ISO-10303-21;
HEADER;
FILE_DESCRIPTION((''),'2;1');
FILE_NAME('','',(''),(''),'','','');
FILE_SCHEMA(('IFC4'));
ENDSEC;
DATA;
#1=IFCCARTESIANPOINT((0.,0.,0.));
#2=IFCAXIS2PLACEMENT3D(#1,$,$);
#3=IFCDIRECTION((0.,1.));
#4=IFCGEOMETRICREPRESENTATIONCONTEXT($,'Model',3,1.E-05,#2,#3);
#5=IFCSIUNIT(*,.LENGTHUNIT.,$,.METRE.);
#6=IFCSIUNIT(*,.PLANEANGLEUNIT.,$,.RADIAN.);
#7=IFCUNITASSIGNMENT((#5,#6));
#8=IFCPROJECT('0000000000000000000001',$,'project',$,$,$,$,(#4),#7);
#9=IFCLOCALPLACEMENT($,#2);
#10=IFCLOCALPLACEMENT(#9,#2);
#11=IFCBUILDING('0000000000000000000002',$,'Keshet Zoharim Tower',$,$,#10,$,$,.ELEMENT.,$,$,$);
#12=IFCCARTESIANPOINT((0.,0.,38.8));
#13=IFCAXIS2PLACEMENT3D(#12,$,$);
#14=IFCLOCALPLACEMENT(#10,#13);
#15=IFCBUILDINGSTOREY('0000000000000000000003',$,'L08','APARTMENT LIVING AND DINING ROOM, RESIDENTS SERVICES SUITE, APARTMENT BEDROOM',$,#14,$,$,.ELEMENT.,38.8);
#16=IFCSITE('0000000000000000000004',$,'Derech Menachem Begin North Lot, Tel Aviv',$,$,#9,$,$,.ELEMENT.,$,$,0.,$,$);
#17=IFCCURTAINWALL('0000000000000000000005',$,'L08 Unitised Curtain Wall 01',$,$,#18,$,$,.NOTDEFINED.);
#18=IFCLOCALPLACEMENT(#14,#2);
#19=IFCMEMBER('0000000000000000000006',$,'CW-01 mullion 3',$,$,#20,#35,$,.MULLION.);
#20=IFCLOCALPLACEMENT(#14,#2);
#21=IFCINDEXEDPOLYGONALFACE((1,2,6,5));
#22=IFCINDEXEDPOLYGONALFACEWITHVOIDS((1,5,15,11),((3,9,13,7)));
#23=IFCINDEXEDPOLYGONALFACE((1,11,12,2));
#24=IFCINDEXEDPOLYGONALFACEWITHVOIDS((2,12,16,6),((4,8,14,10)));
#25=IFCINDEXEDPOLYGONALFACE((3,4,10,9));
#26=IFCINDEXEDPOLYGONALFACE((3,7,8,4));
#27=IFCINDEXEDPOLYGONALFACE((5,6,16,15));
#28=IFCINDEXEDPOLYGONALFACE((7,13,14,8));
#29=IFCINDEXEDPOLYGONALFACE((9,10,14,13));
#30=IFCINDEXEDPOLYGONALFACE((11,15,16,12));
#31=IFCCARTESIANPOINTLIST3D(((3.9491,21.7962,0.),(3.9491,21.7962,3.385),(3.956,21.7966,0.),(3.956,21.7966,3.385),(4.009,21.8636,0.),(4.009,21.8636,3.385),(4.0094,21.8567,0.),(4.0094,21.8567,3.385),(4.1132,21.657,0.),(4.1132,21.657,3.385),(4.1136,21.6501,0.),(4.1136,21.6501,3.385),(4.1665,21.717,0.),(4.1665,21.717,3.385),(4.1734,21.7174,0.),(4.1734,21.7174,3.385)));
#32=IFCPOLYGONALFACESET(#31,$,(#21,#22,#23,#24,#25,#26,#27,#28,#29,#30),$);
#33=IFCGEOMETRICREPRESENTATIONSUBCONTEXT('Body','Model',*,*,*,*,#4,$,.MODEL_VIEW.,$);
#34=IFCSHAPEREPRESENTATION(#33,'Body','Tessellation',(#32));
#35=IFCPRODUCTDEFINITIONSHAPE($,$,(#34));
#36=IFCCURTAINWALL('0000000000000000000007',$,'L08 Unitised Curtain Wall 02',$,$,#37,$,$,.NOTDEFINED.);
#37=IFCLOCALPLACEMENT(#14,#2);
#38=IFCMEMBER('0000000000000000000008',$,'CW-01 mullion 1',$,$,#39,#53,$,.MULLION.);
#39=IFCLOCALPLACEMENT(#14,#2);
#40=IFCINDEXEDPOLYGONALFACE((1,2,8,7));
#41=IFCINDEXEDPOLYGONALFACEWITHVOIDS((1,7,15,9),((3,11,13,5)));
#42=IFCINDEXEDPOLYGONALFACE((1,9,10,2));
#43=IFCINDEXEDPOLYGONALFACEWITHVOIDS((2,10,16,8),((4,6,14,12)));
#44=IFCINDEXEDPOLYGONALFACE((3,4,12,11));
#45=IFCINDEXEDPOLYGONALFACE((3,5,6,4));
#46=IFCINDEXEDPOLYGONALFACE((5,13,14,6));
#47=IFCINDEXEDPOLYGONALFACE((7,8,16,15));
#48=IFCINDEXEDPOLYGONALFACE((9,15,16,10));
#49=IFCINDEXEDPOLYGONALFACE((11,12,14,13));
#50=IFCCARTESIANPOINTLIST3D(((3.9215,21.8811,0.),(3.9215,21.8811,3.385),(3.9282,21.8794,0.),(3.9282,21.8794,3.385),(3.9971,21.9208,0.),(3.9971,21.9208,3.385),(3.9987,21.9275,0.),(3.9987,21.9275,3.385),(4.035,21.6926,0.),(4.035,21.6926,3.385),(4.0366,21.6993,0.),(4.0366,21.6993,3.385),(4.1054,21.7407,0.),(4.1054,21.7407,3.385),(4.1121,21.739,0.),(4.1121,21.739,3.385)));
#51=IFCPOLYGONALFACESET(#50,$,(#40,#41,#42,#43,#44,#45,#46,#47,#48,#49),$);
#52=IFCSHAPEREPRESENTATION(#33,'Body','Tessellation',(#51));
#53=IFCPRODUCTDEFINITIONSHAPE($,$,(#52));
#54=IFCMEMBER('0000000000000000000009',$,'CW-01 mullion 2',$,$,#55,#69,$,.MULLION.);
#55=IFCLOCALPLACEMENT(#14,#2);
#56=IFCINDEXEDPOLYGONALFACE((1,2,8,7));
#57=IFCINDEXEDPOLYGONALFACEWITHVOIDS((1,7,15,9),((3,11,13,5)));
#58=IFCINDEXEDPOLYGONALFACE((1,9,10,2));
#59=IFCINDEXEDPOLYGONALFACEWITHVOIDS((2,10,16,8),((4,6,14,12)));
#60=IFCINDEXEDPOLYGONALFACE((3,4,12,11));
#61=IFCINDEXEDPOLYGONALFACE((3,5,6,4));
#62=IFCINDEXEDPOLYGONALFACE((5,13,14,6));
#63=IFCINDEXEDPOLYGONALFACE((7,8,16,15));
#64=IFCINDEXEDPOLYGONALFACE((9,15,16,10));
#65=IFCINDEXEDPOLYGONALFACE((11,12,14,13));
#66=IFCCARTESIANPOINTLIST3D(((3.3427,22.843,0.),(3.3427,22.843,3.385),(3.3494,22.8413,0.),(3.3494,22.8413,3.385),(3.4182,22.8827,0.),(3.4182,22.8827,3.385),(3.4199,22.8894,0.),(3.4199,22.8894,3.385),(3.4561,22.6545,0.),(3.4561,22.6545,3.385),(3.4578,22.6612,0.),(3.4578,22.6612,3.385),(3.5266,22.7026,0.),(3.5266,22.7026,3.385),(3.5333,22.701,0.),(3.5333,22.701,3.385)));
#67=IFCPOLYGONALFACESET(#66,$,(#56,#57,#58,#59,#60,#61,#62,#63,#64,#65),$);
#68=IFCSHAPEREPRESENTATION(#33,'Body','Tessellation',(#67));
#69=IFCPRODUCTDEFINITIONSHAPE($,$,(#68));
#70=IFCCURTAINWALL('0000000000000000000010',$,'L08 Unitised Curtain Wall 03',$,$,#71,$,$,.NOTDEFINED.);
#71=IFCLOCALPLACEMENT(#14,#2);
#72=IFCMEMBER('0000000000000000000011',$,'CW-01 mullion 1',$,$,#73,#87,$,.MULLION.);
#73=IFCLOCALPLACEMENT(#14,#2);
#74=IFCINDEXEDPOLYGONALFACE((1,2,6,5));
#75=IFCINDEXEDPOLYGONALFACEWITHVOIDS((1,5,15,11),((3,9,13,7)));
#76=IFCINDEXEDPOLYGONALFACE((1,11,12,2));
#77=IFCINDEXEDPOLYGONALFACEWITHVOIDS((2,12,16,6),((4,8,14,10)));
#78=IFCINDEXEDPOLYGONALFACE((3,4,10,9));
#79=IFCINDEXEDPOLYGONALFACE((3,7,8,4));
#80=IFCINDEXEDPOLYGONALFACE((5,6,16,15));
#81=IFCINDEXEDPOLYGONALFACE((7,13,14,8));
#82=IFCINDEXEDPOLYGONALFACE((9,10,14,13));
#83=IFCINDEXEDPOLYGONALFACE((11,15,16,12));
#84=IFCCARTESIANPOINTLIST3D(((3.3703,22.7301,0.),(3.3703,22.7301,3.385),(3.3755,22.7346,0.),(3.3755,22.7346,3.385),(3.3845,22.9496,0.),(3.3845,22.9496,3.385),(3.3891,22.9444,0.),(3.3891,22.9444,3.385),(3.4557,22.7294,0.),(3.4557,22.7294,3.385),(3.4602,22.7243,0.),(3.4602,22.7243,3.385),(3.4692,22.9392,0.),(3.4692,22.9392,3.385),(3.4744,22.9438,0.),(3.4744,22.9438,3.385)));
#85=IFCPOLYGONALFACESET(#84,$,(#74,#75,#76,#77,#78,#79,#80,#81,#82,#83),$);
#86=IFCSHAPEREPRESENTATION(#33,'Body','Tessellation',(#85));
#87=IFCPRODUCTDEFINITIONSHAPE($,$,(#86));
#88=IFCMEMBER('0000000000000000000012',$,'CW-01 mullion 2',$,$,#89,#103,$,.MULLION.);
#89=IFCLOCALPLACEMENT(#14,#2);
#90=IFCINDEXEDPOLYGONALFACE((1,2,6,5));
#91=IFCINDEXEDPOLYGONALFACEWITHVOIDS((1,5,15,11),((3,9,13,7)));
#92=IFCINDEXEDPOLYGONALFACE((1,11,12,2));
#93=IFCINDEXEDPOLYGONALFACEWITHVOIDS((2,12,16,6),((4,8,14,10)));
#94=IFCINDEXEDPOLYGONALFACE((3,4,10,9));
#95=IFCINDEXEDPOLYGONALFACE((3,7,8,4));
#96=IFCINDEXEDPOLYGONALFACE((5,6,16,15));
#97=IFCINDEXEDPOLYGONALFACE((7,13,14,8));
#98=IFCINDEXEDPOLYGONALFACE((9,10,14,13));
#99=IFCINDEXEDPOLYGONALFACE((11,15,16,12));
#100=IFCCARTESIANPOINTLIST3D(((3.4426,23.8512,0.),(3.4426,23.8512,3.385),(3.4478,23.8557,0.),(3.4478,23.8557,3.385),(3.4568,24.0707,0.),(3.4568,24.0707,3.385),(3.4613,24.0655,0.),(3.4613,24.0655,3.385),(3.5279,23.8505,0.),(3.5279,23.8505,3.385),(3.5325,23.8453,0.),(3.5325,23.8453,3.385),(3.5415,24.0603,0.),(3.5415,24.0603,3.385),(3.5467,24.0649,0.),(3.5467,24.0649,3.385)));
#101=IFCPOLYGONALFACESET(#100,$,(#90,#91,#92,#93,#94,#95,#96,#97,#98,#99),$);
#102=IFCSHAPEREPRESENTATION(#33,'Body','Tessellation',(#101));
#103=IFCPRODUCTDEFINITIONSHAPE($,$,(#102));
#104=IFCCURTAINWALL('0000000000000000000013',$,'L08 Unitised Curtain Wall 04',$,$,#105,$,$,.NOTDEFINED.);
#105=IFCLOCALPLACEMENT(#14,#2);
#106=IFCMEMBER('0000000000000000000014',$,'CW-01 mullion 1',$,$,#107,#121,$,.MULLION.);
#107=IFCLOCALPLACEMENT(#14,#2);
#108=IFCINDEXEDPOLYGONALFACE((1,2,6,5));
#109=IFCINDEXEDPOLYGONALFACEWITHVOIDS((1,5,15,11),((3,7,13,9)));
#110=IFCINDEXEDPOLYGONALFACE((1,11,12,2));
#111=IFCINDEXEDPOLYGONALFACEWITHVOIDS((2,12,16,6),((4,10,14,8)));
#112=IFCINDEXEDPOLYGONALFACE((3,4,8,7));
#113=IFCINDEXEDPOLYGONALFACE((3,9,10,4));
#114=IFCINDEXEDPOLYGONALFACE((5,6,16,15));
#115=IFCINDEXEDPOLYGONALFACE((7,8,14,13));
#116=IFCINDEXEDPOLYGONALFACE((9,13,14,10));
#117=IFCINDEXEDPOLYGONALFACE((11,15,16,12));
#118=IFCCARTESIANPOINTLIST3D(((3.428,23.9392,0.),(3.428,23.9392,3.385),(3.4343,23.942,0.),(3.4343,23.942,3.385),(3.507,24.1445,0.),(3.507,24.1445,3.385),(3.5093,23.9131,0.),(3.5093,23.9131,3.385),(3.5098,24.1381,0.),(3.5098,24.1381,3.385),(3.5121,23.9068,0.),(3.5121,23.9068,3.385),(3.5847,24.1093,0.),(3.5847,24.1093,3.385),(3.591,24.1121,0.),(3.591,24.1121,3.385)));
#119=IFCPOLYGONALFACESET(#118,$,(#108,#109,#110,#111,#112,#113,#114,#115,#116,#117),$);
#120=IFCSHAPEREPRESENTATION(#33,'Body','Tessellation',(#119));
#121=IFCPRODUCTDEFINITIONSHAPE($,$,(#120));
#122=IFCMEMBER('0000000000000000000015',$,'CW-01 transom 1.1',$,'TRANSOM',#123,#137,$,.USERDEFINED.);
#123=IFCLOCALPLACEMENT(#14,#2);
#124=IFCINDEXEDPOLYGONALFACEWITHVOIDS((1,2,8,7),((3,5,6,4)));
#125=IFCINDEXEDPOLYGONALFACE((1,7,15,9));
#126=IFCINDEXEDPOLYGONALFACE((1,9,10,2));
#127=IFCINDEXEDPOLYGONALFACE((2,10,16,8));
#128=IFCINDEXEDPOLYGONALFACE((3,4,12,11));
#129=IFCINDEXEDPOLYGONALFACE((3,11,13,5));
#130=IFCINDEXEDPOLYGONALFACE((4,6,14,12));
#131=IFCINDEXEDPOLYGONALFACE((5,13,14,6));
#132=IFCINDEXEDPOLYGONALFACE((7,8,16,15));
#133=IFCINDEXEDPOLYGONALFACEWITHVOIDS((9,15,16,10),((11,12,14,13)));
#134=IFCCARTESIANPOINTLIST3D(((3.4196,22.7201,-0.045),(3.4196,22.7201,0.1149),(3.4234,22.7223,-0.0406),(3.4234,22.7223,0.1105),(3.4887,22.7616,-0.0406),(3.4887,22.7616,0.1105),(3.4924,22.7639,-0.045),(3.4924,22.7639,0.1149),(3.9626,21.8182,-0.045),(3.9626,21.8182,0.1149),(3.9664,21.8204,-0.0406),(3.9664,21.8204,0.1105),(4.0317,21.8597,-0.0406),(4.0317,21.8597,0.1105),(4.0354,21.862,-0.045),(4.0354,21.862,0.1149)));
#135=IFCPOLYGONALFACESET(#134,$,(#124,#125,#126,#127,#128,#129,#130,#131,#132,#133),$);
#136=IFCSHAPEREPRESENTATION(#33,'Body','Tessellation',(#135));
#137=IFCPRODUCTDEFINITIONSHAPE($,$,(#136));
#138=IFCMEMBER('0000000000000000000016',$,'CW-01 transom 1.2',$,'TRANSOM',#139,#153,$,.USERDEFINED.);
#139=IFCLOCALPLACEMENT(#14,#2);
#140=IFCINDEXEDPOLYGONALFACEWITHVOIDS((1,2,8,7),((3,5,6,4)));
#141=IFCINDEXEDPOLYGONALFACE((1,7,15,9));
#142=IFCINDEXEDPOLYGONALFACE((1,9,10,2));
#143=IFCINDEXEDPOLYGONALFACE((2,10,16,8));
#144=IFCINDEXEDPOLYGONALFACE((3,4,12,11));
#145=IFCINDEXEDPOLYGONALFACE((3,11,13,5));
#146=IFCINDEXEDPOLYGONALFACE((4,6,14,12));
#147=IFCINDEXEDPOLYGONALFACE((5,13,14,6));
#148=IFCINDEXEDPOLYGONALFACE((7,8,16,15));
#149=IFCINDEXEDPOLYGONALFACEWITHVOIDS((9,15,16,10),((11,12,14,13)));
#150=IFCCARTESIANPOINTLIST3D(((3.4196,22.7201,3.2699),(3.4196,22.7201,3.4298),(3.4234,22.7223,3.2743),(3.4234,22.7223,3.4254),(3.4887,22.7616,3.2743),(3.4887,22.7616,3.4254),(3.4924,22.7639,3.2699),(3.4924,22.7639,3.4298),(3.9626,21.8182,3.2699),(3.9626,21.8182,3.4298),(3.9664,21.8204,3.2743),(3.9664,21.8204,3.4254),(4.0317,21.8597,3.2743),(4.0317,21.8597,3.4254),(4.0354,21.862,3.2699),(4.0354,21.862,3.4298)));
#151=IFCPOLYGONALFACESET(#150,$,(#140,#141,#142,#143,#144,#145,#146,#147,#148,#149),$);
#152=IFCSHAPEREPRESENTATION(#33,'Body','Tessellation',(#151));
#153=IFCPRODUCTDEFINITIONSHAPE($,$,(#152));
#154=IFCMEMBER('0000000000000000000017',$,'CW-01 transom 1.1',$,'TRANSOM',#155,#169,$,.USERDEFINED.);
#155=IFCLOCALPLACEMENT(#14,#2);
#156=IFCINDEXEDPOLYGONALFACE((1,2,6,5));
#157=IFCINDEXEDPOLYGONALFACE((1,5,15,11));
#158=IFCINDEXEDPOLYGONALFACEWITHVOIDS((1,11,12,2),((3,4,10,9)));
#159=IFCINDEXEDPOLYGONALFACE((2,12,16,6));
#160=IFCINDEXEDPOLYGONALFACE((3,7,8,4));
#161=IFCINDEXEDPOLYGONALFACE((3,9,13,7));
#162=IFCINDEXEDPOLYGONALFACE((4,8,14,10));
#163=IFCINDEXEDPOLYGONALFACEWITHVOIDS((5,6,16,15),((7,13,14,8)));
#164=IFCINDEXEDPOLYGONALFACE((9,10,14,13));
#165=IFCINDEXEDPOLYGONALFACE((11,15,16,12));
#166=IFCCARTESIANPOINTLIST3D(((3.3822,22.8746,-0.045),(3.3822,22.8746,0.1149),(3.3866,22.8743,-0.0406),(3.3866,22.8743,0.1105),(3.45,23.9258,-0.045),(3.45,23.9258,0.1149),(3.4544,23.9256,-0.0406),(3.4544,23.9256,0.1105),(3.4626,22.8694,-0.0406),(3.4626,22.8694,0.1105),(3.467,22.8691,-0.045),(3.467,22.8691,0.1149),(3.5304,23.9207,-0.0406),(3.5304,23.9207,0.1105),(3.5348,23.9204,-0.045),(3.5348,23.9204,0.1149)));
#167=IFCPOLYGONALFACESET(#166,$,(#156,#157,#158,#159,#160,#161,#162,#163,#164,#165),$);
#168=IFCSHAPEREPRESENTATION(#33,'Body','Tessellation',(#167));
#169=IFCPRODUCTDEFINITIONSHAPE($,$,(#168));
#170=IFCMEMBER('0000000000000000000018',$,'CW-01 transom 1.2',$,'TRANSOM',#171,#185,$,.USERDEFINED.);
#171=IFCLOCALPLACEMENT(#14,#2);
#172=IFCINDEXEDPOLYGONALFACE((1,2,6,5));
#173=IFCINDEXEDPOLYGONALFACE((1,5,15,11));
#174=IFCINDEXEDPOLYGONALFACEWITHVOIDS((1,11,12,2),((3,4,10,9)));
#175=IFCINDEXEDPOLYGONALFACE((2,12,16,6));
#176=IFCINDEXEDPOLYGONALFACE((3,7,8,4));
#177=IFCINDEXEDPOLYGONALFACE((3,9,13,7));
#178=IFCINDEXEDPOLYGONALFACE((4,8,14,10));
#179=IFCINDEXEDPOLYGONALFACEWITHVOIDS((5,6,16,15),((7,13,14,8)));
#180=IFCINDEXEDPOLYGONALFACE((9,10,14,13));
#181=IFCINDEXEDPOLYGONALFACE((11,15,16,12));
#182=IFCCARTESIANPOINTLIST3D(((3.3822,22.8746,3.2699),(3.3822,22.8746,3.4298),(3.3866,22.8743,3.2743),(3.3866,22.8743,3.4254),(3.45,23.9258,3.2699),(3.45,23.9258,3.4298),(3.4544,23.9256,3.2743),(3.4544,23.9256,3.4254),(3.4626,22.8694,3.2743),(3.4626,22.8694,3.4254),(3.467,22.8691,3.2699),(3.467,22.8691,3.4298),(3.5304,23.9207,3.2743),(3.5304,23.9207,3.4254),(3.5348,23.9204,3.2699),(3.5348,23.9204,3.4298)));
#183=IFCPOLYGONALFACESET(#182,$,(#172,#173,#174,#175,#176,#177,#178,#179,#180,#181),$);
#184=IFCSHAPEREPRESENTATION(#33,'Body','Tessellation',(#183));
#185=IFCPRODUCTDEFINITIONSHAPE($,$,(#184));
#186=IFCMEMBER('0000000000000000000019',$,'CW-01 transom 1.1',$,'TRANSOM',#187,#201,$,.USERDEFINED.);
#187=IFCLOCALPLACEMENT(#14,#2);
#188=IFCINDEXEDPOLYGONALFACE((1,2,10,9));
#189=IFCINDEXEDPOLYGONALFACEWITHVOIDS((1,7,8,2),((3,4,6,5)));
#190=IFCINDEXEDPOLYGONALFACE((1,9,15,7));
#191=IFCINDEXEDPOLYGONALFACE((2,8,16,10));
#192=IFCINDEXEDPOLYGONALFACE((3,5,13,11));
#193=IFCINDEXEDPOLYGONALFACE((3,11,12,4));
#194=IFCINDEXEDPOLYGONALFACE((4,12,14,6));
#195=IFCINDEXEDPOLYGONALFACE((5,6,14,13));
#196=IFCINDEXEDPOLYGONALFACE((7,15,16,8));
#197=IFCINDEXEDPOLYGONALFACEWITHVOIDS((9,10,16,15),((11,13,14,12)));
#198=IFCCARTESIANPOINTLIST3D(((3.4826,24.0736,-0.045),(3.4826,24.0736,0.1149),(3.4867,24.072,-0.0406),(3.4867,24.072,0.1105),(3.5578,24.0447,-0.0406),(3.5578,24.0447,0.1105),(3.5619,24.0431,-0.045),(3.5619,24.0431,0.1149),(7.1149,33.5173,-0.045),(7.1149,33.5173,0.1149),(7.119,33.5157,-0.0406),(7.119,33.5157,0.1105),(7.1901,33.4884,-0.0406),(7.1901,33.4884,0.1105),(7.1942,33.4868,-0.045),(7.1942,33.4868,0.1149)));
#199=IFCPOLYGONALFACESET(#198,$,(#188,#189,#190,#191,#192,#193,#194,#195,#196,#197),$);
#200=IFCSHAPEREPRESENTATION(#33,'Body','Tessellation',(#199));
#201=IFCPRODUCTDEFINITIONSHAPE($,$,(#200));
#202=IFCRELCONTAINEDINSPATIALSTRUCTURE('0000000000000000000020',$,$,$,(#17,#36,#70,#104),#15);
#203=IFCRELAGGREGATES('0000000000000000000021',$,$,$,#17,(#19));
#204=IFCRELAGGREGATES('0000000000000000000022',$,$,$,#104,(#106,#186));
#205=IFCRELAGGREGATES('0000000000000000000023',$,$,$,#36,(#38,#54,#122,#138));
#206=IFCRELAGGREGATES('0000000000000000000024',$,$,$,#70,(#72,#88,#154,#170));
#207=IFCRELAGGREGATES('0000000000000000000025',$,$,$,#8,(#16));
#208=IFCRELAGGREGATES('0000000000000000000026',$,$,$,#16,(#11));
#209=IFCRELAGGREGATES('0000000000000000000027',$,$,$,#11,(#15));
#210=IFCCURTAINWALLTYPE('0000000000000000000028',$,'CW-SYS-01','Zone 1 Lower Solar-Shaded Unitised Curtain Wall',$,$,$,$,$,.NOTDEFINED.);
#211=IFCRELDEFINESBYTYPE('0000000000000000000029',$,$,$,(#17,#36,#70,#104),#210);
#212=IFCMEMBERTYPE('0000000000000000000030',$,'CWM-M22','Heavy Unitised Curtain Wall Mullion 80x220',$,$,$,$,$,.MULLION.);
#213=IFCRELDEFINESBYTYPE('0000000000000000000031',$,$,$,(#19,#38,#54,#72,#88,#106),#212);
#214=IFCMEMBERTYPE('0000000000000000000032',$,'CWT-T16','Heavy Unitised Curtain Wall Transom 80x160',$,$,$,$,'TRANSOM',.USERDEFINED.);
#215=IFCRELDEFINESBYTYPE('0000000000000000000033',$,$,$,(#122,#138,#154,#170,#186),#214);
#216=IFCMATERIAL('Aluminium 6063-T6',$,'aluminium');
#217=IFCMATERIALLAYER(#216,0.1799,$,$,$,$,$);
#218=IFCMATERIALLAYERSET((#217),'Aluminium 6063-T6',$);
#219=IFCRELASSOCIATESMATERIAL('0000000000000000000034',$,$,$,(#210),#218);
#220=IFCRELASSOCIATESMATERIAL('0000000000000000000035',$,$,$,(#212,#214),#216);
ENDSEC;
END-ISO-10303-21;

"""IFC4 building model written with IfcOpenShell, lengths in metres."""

from ifc_helpers import new_model, si_unit, direction, frame, origin, origin_2d, place, context, subcontext, project, spatial, hollow_rectangle, extrude, material, layer, layer_set, material_profile, profile_set, type_object, element, aggregate, save


model = new_model("IFC4")

# Units and contexts
model_context = context("Model", 3, precision=1e-05, world=origin(), true_north=direction((0.0, 1.0)))
body_context = subcontext(model_context, "Body", "Model", "MODEL_VIEW")
ifc_project = project(units=[si_unit("LENGTHUNIT", "METRE"), si_unit("PLANEANGLEUNIT", "RADIAN")], contexts=[model_context])

# Site, building, storey
site_placement = place(None, origin())
site = spatial("IfcSite", under=ifc_project, at=site_placement, Name="Derech Menachem Begin North Lot, Tel Aviv", CompositionType="ELEMENT", RefElevation=0.0)
building_placement = place(site_placement, origin())
building = spatial("IfcBuilding", under=site, at=building_placement, Name="Keshet Zoharim Tower", CompositionType="ELEMENT")
storey_placement = place(building_placement, frame((0.0, 0.0, 38.8)))
storey = spatial("IfcBuildingStorey", under=building, at=storey_placement, Name="L08", Description="APARTMENT LIVING AND DINING ROOM, RESIDENTS SERVICES SUITE, APARTMENT BEDROOM", CompositionType="ELEMENT", Elevation=38.8)

# Curtain wall, member
ifc_material_1 = material(Name="Aluminium 6063-T6", Category="aluminium")
ifc_layer_1 = layer(ifc_material_1, 0.1799)
ifc_layer_set_1 = layer_set([ifc_layer_1], Name="Aluminium 6063-T6")
curtain_wall_type = type_object("IfcCurtainWallType", Name="CW-SYS-01", Description="Zone 1 Lower Solar-Shaded Unitised Curtain Wall", PredefinedType="NOTDEFINED", material=ifc_layer_set_1)
curtain_wall_1_placement = place(storey_placement, origin())
curtain_wall_1 = element("IfcCurtainWall", 1, at=curtain_wall_1_placement, inside=storey, type_object=curtain_wall_type, Name="L08 Unitised Curtain Wall 01", PredefinedType="NOTDEFINED")
ifc_material_profile_1 = material_profile(ifc_material_1, hollow_rectangle(XDim=0.0901, YDim=0.22, WallThickness=0.0049, at=origin_2d()), Name="MUL-90x220")
ifc_profile_set_1 = profile_set([ifc_material_profile_1], Name="Aluminium 6063-T6")
member_type_1 = type_object("IfcMemberType", Name="CWM-M22", Description="Heavy Unitised Curtain Wall Mullion 80x220", PredefinedType="MULLION", material=ifc_profile_set_1)
member_1_placement = place(storey_placement, frame((4.0613, 21.7568, 0.0), z_axis=(0.0, 0.0, 1.0), x_axis=(-0.664364, -0.747409, 0.0)))
member_1 = element("IfcMember", 2, at=member_1_placement, type_object=member_type_1, Name="CW-01 mullion 3", PredefinedType="MULLION", context=body_context, shape_type="SweptSolid", body=[
    extrude(hollow_rectangle(XDim=0.0901, YDim=0.22, WallThickness=0.0049, at=origin_2d()), origin(), (0.0, 0.0, 1.0), 3.385),
])
aggregate(curtain_wall_1, [member_1])

# Curtain walls, members
curtain_wall_2_placement = place(storey_placement, origin())
curtain_wall_2 = element("IfcCurtainWall", 3, at=curtain_wall_2_placement, inside=storey, type_object=curtain_wall_type, Name="L08 Unitised Curtain Wall 02", PredefinedType="NOTDEFINED")
member_2_placement = place(storey_placement, frame((4.0168, 21.8101, 0.0), z_axis=(0.0, 0.0, 1.0), x_axis=(-0.856826, -0.515605, 0.0)))
member_2 = element("IfcMember", 4, at=member_2_placement, type_object=member_type_1, Name="CW-01 mullion 1", PredefinedType="MULLION", context=body_context, shape_type="SweptSolid", body=[
    extrude(hollow_rectangle(XDim=0.0901, YDim=0.22, WallThickness=0.0049, at=origin_2d()), origin(), (0.0, 0.0, 1.0), 3.385),
])
member_3_placement = place(storey_placement, frame((3.438, 22.772, 0.0), z_axis=(0.0, 0.0, 1.0), x_axis=(-0.856826, -0.515605, 0.0)))
member_3 = element("IfcMember", 5, at=member_3_placement, type_object=member_type_1, Name="CW-01 mullion 2", PredefinedType="MULLION", context=body_context, shape_type="SweptSolid", body=[
    extrude(hollow_rectangle(XDim=0.0901, YDim=0.22, WallThickness=0.0049, at=origin_2d()), origin(), (0.0, 0.0, 1.0), 3.385),
])
curtain_wall_3_placement = place(storey_placement, origin())
curtain_wall_3 = element("IfcCurtainWall", 6, at=curtain_wall_3_placement, inside=storey, type_object=curtain_wall_type, Name="L08 Unitised Curtain Wall 03", PredefinedType="NOTDEFINED")
member_4_placement = place(storey_placement, frame((3.4224, 22.8369, 0.0), z_axis=(0.0, 0.0, 1.0), x_axis=(-0.997917, 0.064517, 0.0)))
member_4 = element("IfcMember", 7, at=member_4_placement, type_object=member_type_1, Name="CW-01 mullion 1", PredefinedType="MULLION", context=body_context, shape_type="SweptSolid", body=[
    extrude(hollow_rectangle(XDim=0.0901, YDim=0.22, WallThickness=0.0049, at=origin_2d()), origin(), (0.0, 0.0, 1.0), 3.385),
])
member_5_placement = place(storey_placement, frame((3.4946, 23.958, 0.0), z_axis=(0.0, 0.0, 1.0), x_axis=(-0.997917, 0.064517, 0.0)))
member_5 = element("IfcMember", 8, at=member_5_placement, type_object=member_type_1, Name="CW-01 mullion 2", PredefinedType="MULLION", context=body_context, shape_type="SweptSolid", body=[
    extrude(hollow_rectangle(XDim=0.0901, YDim=0.22, WallThickness=0.0049, at=origin_2d()), origin(), (0.0, 0.0, 1.0), 3.385),
])

# Curtain wall, member
curtain_wall_4_placement = place(storey_placement, origin())
curtain_wall_4 = element("IfcCurtainWall", 9, at=curtain_wall_4_placement, inside=storey, type_object=curtain_wall_type, Name="L08 Unitised Curtain Wall 04", PredefinedType="NOTDEFINED")
member_6_placement = place(storey_placement, frame((3.5095, 24.0256, 0.0), z_axis=(0.0, 0.0, 1.0), x_axis=(-0.933341, 0.35899, 0.0)))
member_6 = element("IfcMember", 10, at=member_6_placement, type_object=member_type_1, Name="CW-01 mullion 1", PredefinedType="MULLION", context=body_context, shape_type="SweptSolid", body=[
    extrude(hollow_rectangle(XDim=0.0901, YDim=0.22, WallThickness=0.0049, at=origin_2d()), origin(), (0.0, 0.0, 1.0), 3.385),
])

# Members
ifc_material_profile_2 = material_profile(ifc_material_1, hollow_rectangle(XDim=0.085, YDim=0.1599, WallThickness=0.0044, at=origin_2d()), Name="TRN-85x160")
ifc_profile_set_2 = profile_set([ifc_material_profile_2], Name="Aluminium 6063-T6")
member_type_2 = type_object("IfcMemberType", Name="CWT-T16", Description="Heavy Unitised Curtain Wall Transom 80x160", ElementType="TRANSOM", PredefinedType="USERDEFINED", material=ifc_profile_set_2)
member_7_placement = place(storey_placement, frame((3.999, 21.8401, 0.0349), z_axis=(-0.515791, 0.856714, 0.0), x_axis=(-0.856714, -0.515791, 0.0)))
member_7 = element("IfcMember", 11, at=member_7_placement, type_object=member_type_2, Name="CW-01 transom 1.1", ObjectType="TRANSOM", PredefinedType="USERDEFINED", context=body_context, shape_type="SweptSolid", body=[
    extrude(hollow_rectangle(XDim=0.085, YDim=0.1599, WallThickness=0.0044, at=origin_2d()), origin(), (0.0, 0.0, 1.0), 1.0527),
])
member_8_placement = place(storey_placement, frame((3.999, 21.8401, 3.3499), z_axis=(-0.515791, 0.856714, 0.0), x_axis=(-0.856714, -0.515791, 0.0)))
member_8 = element("IfcMember", 12, at=member_8_placement, type_object=member_type_2, Name="CW-01 transom 1.2", ObjectType="TRANSOM", PredefinedType="USERDEFINED", context=body_context, shape_type="SweptSolid", body=[
    extrude(hollow_rectangle(XDim=0.085, YDim=0.1599, WallThickness=0.0044, at=origin_2d()), origin(), (0.0, 0.0, 1.0), 1.0527),
])
member_9_placement = place(storey_placement, frame((3.4246, 22.8718, 0.0349), z_axis=(0.064427, 0.997922, 0.0), x_axis=(-0.997922, 0.064427, 0.0)))
member_9 = element("IfcMember", 13, at=member_9_placement, type_object=member_type_2, Name="CW-01 transom 1.1", ObjectType="TRANSOM", PredefinedType="USERDEFINED", context=body_context, shape_type="SweptSolid", body=[
    extrude(hollow_rectangle(XDim=0.085, YDim=0.1599, WallThickness=0.0044, at=origin_2d()), origin(), (0.0, 0.0, 1.0), 1.0535),
])
member_10_placement = place(storey_placement, frame((3.4246, 22.8718, 3.3499), z_axis=(0.064427, 0.997922, 0.0), x_axis=(-0.997922, 0.064427, 0.0)))
member_10 = element("IfcMember", 14, at=member_10_placement, type_object=member_type_2, Name="CW-01 transom 1.2", ObjectType="TRANSOM", PredefinedType="USERDEFINED", context=body_context, shape_type="SweptSolid", body=[
    extrude(hollow_rectangle(XDim=0.085, YDim=0.1599, WallThickness=0.0044, at=origin_2d()), origin(), (0.0, 0.0, 1.0), 1.0535),
])
member_11_placement = place(storey_placement, frame((3.5222, 24.0583, 0.0349), z_axis=(0.358994, 0.93334, 0.0), x_axis=(-0.93334, 0.358994, 0.0)))
member_11 = element("IfcMember", 15, at=member_11_placement, type_object=member_type_2, Name="CW-01 transom 1.1", ObjectType="TRANSOM", PredefinedType="USERDEFINED", context=body_context, shape_type="SweptSolid", body=[
    extrude(hollow_rectangle(XDim=0.085, YDim=0.1599, WallThickness=0.0044, at=origin_2d()), origin(), (0.0, 0.0, 1.0), 10.1182),
])
aggregate(curtain_wall_4, [member_6, member_11])

aggregate(curtain_wall_2, [member_2, member_3, member_7, member_8])
aggregate(curtain_wall_3, [member_4, member_5, member_9, member_10])

save(model, "model.ifc")
